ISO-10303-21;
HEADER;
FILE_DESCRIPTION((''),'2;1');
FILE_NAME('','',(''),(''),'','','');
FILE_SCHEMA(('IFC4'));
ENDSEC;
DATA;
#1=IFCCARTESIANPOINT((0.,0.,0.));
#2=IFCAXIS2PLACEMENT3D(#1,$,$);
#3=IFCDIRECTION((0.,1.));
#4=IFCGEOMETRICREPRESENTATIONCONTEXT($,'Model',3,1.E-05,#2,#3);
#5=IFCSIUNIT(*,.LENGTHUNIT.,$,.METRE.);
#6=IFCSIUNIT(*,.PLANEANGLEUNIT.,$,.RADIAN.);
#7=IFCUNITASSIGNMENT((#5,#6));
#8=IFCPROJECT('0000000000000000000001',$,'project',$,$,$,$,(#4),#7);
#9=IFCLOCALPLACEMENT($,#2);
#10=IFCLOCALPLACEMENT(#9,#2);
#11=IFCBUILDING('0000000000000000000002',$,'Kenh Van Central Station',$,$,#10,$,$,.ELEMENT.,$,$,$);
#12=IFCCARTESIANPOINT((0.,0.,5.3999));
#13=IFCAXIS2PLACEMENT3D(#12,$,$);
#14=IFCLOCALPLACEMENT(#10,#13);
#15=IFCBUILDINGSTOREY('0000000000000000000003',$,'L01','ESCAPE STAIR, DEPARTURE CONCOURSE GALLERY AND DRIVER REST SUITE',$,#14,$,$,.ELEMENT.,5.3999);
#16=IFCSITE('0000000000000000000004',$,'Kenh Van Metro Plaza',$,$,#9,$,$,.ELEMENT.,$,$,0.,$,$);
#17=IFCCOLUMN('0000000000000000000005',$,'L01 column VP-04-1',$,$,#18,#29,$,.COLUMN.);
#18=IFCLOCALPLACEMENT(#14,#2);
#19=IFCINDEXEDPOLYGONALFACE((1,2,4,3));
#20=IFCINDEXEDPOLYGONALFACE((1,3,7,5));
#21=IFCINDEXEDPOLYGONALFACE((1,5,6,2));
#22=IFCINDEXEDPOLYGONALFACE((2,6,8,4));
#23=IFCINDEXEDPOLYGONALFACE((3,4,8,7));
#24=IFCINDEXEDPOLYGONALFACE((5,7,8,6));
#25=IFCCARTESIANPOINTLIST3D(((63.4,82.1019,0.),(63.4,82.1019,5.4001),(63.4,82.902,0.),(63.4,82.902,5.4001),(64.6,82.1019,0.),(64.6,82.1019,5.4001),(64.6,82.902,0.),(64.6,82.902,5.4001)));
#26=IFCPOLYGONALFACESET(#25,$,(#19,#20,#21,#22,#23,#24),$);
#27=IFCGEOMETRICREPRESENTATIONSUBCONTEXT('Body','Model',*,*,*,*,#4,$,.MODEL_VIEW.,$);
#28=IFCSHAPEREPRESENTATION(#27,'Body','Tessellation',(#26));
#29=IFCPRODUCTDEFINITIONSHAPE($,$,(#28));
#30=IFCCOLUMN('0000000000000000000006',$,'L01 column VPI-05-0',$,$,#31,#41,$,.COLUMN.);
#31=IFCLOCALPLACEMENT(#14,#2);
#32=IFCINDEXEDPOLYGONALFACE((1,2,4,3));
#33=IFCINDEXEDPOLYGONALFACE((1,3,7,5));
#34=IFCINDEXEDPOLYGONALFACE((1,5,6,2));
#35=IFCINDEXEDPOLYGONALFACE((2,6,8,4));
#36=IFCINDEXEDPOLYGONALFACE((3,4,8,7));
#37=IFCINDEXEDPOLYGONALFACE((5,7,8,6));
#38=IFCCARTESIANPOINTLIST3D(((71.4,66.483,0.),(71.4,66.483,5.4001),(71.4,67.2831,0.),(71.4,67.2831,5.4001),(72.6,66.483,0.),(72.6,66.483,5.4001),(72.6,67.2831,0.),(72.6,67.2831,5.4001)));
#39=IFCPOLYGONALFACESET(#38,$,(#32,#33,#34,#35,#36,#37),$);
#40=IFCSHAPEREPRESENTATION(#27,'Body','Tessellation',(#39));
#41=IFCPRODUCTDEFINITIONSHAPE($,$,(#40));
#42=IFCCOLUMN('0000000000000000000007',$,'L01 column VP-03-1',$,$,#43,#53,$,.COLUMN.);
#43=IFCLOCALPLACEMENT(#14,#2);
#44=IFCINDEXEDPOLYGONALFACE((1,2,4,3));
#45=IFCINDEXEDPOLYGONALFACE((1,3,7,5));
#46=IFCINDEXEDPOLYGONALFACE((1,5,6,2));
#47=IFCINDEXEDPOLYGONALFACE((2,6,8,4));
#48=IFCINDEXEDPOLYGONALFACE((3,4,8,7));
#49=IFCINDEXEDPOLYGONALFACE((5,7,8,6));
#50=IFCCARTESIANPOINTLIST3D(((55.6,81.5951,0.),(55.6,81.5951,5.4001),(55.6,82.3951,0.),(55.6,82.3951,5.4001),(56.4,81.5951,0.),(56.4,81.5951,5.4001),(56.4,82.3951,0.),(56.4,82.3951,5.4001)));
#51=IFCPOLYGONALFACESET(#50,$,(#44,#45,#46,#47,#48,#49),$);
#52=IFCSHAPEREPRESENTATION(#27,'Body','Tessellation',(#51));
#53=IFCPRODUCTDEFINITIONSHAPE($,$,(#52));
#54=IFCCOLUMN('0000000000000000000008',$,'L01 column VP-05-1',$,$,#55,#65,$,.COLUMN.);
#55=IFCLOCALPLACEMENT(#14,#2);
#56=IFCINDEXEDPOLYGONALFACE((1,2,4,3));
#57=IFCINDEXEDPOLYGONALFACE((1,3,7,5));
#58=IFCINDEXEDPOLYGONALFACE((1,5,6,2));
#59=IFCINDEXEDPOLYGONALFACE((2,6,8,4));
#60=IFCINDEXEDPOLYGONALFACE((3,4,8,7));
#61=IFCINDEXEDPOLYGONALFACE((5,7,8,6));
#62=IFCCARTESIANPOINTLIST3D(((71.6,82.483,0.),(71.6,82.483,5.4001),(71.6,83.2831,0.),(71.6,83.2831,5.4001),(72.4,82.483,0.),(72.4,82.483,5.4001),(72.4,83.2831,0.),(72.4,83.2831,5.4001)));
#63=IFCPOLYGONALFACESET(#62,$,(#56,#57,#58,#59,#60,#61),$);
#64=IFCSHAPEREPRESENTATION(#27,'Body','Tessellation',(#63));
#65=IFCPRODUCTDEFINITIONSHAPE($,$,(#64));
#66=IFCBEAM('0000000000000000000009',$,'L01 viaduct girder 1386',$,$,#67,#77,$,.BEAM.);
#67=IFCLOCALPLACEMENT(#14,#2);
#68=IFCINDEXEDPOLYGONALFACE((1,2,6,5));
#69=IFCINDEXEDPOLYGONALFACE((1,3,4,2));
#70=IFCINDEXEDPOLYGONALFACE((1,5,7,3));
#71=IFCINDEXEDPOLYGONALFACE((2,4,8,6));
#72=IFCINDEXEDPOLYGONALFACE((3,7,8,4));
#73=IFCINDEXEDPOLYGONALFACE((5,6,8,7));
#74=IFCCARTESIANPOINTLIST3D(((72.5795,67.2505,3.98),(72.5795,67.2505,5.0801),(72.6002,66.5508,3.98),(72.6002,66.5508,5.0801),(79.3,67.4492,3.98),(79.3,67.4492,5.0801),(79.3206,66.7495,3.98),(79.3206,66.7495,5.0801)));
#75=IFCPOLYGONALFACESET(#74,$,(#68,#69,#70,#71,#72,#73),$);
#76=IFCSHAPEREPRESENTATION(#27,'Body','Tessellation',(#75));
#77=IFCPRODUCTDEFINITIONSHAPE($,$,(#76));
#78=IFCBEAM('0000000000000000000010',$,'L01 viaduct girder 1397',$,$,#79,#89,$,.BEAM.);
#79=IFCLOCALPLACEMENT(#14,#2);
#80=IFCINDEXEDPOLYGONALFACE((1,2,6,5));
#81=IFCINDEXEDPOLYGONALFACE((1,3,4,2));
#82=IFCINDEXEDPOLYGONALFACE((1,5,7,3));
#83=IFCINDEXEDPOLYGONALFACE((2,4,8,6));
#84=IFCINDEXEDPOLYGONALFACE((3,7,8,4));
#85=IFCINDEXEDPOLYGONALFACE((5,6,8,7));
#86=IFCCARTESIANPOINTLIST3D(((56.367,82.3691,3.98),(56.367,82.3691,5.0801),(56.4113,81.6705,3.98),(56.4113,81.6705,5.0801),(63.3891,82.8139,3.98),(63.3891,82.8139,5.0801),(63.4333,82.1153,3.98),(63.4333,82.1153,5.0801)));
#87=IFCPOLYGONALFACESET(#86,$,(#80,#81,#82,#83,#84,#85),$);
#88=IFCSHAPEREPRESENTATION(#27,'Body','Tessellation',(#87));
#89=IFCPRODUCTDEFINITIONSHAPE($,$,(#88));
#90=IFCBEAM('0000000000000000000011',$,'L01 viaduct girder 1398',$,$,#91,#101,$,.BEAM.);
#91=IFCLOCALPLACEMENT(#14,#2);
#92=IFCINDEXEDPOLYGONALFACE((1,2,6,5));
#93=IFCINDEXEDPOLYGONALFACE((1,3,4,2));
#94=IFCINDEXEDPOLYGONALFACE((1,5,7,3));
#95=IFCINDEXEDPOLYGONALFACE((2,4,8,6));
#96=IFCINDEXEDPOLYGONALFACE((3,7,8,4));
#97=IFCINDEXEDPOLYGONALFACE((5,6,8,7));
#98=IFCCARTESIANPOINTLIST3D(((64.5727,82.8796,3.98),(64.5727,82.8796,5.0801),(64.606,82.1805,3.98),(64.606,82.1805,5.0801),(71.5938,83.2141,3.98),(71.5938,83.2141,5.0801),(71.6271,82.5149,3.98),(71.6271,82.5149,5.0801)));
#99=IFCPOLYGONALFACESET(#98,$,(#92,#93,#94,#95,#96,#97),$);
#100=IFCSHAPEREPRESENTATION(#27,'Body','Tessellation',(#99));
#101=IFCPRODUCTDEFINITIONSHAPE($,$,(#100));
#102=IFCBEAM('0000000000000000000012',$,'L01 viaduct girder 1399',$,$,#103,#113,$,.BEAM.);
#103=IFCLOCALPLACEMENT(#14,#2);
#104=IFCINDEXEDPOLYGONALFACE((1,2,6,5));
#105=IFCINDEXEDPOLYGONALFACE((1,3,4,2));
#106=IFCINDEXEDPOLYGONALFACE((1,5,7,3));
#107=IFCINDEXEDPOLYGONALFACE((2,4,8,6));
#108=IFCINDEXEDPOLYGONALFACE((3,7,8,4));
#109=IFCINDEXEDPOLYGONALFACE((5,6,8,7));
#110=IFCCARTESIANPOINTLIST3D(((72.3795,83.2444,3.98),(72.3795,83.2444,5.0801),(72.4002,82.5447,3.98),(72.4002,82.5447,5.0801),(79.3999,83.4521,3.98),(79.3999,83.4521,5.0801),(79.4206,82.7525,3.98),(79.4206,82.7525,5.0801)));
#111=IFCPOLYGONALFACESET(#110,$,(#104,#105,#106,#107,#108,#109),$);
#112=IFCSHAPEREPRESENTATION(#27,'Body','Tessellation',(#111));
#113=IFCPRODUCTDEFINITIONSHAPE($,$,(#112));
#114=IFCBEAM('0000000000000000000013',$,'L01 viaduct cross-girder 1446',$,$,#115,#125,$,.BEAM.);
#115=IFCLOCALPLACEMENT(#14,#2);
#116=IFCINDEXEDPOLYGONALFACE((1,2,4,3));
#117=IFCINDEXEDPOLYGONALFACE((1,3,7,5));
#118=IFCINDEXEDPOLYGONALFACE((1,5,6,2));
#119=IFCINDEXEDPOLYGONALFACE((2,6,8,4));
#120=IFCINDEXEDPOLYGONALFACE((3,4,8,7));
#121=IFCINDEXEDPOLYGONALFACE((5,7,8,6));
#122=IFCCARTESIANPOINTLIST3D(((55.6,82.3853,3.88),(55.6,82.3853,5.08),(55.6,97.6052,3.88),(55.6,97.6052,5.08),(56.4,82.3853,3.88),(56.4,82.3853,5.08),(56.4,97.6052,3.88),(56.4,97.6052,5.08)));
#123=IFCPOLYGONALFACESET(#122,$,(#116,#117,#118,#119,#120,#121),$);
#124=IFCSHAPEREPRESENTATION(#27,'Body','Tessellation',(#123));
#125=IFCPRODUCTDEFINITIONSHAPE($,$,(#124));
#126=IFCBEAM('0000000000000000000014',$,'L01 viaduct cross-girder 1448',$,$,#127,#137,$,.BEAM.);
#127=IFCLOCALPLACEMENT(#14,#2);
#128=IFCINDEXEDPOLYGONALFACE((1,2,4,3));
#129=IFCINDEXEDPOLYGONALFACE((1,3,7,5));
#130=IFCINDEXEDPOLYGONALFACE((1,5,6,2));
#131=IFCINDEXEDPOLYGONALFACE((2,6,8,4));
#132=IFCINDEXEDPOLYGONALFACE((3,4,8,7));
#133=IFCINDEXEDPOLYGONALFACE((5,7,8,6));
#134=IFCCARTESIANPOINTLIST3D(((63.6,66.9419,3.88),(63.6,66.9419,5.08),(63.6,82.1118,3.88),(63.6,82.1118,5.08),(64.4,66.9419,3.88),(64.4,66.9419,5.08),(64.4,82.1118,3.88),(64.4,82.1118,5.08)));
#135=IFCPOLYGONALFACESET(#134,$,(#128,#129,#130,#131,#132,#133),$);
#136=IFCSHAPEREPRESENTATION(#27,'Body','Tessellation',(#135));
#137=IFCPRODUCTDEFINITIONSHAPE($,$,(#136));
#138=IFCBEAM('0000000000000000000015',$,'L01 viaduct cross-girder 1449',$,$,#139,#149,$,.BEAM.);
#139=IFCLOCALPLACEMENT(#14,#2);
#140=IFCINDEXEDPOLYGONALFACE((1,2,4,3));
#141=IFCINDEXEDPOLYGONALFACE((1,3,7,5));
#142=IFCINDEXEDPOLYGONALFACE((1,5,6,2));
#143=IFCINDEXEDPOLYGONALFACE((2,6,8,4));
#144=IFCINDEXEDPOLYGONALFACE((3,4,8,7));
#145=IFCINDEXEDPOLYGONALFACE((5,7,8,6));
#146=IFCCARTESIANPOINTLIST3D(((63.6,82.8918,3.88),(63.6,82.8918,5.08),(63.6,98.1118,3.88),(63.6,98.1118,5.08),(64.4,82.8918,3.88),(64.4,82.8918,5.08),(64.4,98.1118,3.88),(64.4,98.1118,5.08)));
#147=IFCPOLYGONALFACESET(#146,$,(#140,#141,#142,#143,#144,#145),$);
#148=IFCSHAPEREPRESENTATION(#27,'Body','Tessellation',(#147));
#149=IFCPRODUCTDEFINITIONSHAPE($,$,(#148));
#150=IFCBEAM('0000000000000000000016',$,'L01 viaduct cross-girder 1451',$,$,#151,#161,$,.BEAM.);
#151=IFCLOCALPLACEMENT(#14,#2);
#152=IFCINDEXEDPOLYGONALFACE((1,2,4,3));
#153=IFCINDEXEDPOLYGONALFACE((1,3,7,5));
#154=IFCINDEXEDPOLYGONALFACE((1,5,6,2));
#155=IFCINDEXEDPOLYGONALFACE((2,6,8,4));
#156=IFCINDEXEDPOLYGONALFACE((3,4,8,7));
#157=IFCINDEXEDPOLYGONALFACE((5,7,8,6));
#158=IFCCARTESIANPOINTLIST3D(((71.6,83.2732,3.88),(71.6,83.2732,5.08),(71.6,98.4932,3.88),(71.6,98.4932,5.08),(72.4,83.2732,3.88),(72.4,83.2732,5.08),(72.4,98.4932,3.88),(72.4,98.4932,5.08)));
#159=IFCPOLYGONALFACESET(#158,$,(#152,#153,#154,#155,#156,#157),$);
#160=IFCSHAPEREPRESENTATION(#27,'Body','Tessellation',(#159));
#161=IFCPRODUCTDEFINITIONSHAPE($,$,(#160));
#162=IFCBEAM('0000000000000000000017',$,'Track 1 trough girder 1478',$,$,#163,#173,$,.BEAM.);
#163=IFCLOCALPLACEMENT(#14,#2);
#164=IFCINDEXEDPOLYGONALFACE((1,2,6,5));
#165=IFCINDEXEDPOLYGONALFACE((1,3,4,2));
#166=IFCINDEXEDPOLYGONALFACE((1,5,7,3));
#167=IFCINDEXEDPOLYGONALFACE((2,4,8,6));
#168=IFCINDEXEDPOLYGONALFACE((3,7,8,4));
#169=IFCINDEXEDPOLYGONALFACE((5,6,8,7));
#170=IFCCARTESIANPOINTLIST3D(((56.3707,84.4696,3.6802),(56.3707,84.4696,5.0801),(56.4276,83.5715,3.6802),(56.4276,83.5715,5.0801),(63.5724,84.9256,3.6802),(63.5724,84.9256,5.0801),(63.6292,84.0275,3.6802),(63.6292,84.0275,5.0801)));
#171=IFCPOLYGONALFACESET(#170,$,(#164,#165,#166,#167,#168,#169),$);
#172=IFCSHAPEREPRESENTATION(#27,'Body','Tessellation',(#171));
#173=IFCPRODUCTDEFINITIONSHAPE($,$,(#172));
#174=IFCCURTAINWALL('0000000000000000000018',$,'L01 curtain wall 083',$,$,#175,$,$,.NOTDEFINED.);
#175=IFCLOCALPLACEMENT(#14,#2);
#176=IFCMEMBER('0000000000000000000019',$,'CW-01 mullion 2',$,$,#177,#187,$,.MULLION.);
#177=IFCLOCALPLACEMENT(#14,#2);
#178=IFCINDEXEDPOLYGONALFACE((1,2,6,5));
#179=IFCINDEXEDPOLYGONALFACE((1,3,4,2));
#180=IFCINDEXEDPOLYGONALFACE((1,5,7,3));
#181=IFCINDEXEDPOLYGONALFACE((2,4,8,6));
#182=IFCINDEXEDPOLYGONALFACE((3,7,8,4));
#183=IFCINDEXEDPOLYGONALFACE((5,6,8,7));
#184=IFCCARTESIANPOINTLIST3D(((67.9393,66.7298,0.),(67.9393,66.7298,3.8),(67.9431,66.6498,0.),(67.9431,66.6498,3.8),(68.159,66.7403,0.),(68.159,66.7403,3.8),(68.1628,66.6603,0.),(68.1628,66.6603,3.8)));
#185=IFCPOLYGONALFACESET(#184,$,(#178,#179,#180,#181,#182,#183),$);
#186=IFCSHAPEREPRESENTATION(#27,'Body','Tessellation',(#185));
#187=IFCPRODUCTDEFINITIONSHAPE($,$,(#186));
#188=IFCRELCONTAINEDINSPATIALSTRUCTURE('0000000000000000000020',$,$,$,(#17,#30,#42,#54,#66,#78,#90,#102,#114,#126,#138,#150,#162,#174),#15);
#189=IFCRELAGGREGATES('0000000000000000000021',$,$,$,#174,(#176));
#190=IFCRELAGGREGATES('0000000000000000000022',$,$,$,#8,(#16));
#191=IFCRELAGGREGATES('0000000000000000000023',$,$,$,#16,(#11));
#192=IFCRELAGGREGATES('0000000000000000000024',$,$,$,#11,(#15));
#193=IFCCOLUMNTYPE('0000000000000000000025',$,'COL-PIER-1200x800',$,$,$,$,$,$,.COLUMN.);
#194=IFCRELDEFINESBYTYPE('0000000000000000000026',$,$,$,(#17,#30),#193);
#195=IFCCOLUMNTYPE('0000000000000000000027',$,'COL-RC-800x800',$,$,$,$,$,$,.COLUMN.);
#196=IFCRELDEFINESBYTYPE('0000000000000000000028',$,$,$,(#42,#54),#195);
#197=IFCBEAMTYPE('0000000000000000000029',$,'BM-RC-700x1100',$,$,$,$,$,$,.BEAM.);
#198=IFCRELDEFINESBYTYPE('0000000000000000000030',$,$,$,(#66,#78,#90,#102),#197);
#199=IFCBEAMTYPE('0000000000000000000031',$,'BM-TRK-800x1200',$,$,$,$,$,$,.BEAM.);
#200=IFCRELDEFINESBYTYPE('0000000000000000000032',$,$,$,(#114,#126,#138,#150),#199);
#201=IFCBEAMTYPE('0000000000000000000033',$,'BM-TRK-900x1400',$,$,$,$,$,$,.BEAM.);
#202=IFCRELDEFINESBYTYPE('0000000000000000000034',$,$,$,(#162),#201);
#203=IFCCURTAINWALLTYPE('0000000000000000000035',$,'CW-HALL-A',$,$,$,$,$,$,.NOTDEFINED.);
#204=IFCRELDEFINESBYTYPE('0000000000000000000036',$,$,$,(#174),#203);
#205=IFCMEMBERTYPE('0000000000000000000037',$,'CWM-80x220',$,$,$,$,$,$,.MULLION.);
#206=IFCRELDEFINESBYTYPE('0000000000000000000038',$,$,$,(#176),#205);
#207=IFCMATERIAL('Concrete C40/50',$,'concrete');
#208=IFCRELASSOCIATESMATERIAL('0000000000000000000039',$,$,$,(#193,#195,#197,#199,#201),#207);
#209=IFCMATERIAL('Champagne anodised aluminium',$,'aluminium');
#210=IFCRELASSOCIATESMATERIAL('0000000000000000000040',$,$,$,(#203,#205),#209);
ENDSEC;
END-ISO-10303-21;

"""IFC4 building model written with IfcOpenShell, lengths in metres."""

from ifc_helpers import new_model, si_unit, direction, frame, origin, origin_2d, place, context, subcontext, project, spatial, rectangle, extrude, material, material_profile, profile_set, type_object, element, aggregate, save


model = new_model("IFC4")

# Units and contexts
model_context = context("Model", 3, precision=1e-05, world=origin(), true_north=direction((0.0, 1.0)))
body_context = subcontext(model_context, "Body", "Model", "MODEL_VIEW")
ifc_project = project(units=[si_unit("LENGTHUNIT", "METRE"), si_unit("PLANEANGLEUNIT", "RADIAN")], contexts=[model_context])

# Site, building, storey
site_placement = place(None, origin())
site = spatial("IfcSite", under=ifc_project, at=site_placement, Name="Kenh Van Metro Plaza", CompositionType="ELEMENT", RefElevation=0.0)
building_placement = place(site_placement, origin())
building = spatial("IfcBuilding", under=site, at=building_placement, Name="Kenh Van Central Station", CompositionType="ELEMENT")
storey_placement = place(building_placement, frame((0.0, 0.0, 5.3999)))
storey = spatial("IfcBuildingStorey", under=building, at=storey_placement, Name="L01", Description="ESCAPE STAIR, DEPARTURE CONCOURSE GALLERY AND DRIVER REST SUITE", CompositionType="ELEMENT", Elevation=5.3999)

# Columns
ifc_material_1 = material(Name="Concrete C40/50", Category="concrete")
ifc_material_profile_1 = material_profile(ifc_material_1, rectangle(XDim=1.2, YDim=0.8, at=origin_2d()), Name="RC 1200x800")
ifc_profile_set_1 = profile_set([ifc_material_profile_1], Name="Concrete C40/50")
column_type_1 = type_object("IfcColumnType", Name="COL-PIER-1200x800", PredefinedType="COLUMN", material=ifc_profile_set_1)
for number, where, z_axis, x_axis, name in (
    (1, (64.0, 82.502, 0.0), (0.0, 0.0, 1.0), (1.0, 0.0, 0.0), "L01 column VP-04-1"),
    (2, (72.0, 66.8831, 0.0), (0.0, 0.0, 1.0), (1.0, 0.0, 0.0), "L01 column VPI-05-0"),
):
    element("IfcColumn", number, at=place(storey_placement, frame(where, z_axis=z_axis, x_axis=x_axis)), inside=storey, type_object=column_type_1, Name=name, PredefinedType="COLUMN", context=body_context, shape_type="SweptSolid", body=[
        extrude(rectangle(XDim=1.2, YDim=0.8, at=origin_2d()), origin(), (0.0, 0.0, 1.0), 5.4001),
    ])
ifc_material_profile_2 = material_profile(ifc_material_1, rectangle(XDim=0.8, YDim=0.8, at=origin_2d()), Name="RC 800x800")
ifc_profile_set_2 = profile_set([ifc_material_profile_2], Name="Concrete C40/50")
column_type_2 = type_object("IfcColumnType", Name="COL-RC-800x800", PredefinedType="COLUMN", material=ifc_profile_set_2)
for number, where, z_axis, x_axis, name in (
    (3, (56.0, 81.9951, 0.0), (0.0, 0.0, 1.0), (1.0, 0.0, 0.0), "L01 column VP-03-1"),
    (4, (72.0, 82.8831, 0.0), (0.0, 0.0, 1.0), (1.0, 0.0, 0.0), "L01 column VP-05-1"),
):
    element("IfcColumn", number, at=place(storey_placement, frame(where, z_axis=z_axis, x_axis=x_axis)), inside=storey, type_object=column_type_2, Name=name, PredefinedType="COLUMN", context=body_context, shape_type="SweptSolid", body=[
        extrude(rectangle(XDim=0.8, YDim=0.8, at=origin_2d()), origin(), (0.0, 0.0, 1.0), 5.4001),
    ])

# Beams
ifc_material_profile_3 = material_profile(ifc_material_1, rectangle(XDim=0.7, YDim=1.1001, at=origin_2d()), Name="RC 700x1100")
ifc_profile_set_3 = profile_set([ifc_material_profile_3], Name="Concrete C40/50")
beam_type_1 = type_object("IfcBeamType", Name="BM-RC-700x1100", PredefinedType="BEAM", material=ifc_profile_set_3)
beam_1_placement = place(storey_placement, frame((72.5898, 66.9006, 4.53), z_axis=(0.999563, 0.029558, 0.0), x_axis=(-0.029558, 0.999563, 0.0)))
element("IfcBeam", 5, at=beam_1_placement, inside=storey, type_object=beam_type_1, Name="L01 viaduct girder 1386", PredefinedType="BEAM", context=body_context, shape_type="SweptSolid", body=[
    extrude(rectangle(XDim=0.7, YDim=1.1001, at=origin_2d()), origin(), (0.0, 0.0, 1.0), 6.7234),
])
beam_2_placement = place(storey_placement, frame((56.3892, 82.0198, 4.53), z_axis=(0.998, 0.063221, 0.0), x_axis=(-0.063221, 0.998, 0.0)))
element("IfcBeam", 6, at=beam_2_placement, inside=storey, type_object=beam_type_1, Name="L01 viaduct girder 1397", PredefinedType="BEAM", context=body_context, shape_type="SweptSolid", body=[
    extrude(rectangle(XDim=0.7, YDim=1.1001, at=origin_2d()), origin(), (0.0, 0.0, 1.0), 7.0361),
])
beam_3_placement = place(storey_placement, frame((64.5894, 82.53, 4.53), z_axis=(0.998867, 0.047585, 0.0), x_axis=(-0.047585, 0.998867, 0.0)))
element("IfcBeam", 7, at=beam_3_placement, inside=storey, type_object=beam_type_1, Name="L01 viaduct girder 1398", PredefinedType="BEAM", context=body_context, shape_type="SweptSolid", body=[
    extrude(rectangle(XDim=0.7, YDim=1.1001, at=origin_2d()), origin(), (0.0, 0.0, 1.0), 7.0291),
])
beam_4_placement = place(storey_placement, frame((72.3899, 82.8945, 4.53), z_axis=(0.999562, 0.029582, 0.0), x_axis=(-0.029582, 0.999562, 0.0)))
element("IfcBeam", 8, at=beam_4_placement, inside=storey, type_object=beam_type_1, Name="L01 viaduct girder 1399", PredefinedType="BEAM", context=body_context, shape_type="SweptSolid", body=[
    extrude(rectangle(XDim=0.7, YDim=1.1001, at=origin_2d()), origin(), (0.0, 0.0, 1.0), 7.0234),
])
ifc_material_profile_4 = material_profile(ifc_material_1, rectangle(XDim=0.8, YDim=1.2, at=origin_2d()), Name="RC 800x1200")
ifc_profile_set_4 = profile_set([ifc_material_profile_4], Name="Concrete C40/50")
beam_type_2 = type_object("IfcBeamType", Name="BM-TRK-800x1200", PredefinedType="BEAM", material=ifc_profile_set_4)
beam_5_placement = place(storey_placement, frame((56.0, 82.3853, 4.48), z_axis=(0.0, 1.0, 0.0), x_axis=(-1.0, 0.0, 0.0)))
element("IfcBeam", 9, at=beam_5_placement, inside=storey, type_object=beam_type_2, Name="L01 viaduct cross-girder 1446", PredefinedType="BEAM", context=body_context, shape_type="SweptSolid", body=[
    extrude(rectangle(XDim=0.8, YDim=1.2, at=origin_2d()), origin(), (0.0, 0.0, 1.0), 15.22),
])
beam_6_placement = place(storey_placement, frame((64.0, 66.9419, 4.48), z_axis=(0.0, 1.0, 0.0), x_axis=(-1.0, 0.0, 0.0)))
element("IfcBeam", 10, at=beam_6_placement, inside=storey, type_object=beam_type_2, Name="L01 viaduct cross-girder 1448", PredefinedType="BEAM", context=body_context, shape_type="SweptSolid", body=[
    extrude(rectangle(XDim=0.8, YDim=1.2, at=origin_2d()), origin(), (0.0, 0.0, 1.0), 15.1699),
])
for number, where, z_axis, x_axis, name in (
    (11, (64.0, 82.8918, 4.48), (0.0, 1.0, 0.0), (-1.0, 0.0, 0.0), "L01 viaduct cross-girder 1449"),
    (12, (72.0, 83.2732, 4.48), (0.0, 1.0, 0.0), (-1.0, 0.0, 0.0), "L01 viaduct cross-girder 1451"),
):
    element("IfcBeam", number, at=place(storey_placement, frame(where, z_axis=z_axis, x_axis=x_axis)), inside=storey, type_object=beam_type_2, Name=name, PredefinedType="BEAM", context=body_context, shape_type="SweptSolid", body=[
        extrude(rectangle(XDim=0.8, YDim=1.2, at=origin_2d()), origin(), (0.0, 0.0, 1.0), 15.22),
    ])
ifc_material_profile_5 = material_profile(ifc_material_1, rectangle(XDim=0.8999, YDim=1.3999, at=origin_2d()), Name="RC 900x1400")
ifc_profile_set_5 = profile_set([ifc_material_profile_5], Name="Concrete C40/50")
beam_type_3 = type_object("IfcBeamType", Name="BM-TRK-900x1400", PredefinedType="BEAM", material=ifc_profile_set_5)
beam_7_placement = place(storey_placement, frame((56.3992, 84.0205, 4.3801), z_axis=(0.998001, 0.0632, 0.0), x_axis=(-0.0632, 0.998001, 0.0)))
element("IfcBeam", 13, at=beam_7_placement, inside=storey, type_object=beam_type_3, Name="Track 1 trough girder 1478", PredefinedType="BEAM", context=body_context, shape_type="SweptSolid", body=[
    extrude(rectangle(XDim=0.8999, YDim=1.3999, at=origin_2d()), origin(), (0.0, 0.0, 1.0), 7.2161),
])

# Curtain wall, member
ifc_material_2 = material(Name="Champagne anodised aluminium", Category="aluminium")
curtain_wall_type = type_object("IfcCurtainWallType", Name="CW-HALL-A", PredefinedType="NOTDEFINED", material=ifc_material_2)
curtain_wall_1_placement = place(storey_placement, origin())
curtain_wall_1 = element("IfcCurtainWall", 14, at=curtain_wall_1_placement, inside=storey, type_object=curtain_wall_type, Name="L01 curtain wall 083", PredefinedType="NOTDEFINED")
ifc_material_profile_6 = material_profile(ifc_material_2, rectangle(XDim=0.0801, YDim=0.22, at=origin_2d()), Name="AL 80x220")
ifc_profile_set_6 = profile_set([ifc_material_profile_6], Name="Champagne anodised aluminium")
member_type_1 = type_object("IfcMemberType", Name="CWM-80x220", PredefinedType="MULLION", material=ifc_profile_set_6)
member_1_placement = place(storey_placement, frame((68.051, 66.6951, 0.0), z_axis=(0.0, 0.0, 1.0), x_axis=(-0.047601, 0.998866, 0.0)))
member_1 = element("IfcMember", 15, at=member_1_placement, type_object=member_type_1, Name="CW-01 mullion 2", PredefinedType="MULLION", context=body_context, shape_type="SweptSolid", body=[
    extrude(rectangle(XDim=0.0801, YDim=0.22, at=origin_2d()), origin(), (0.0, 0.0, 1.0), 3.8),
])

aggregate(curtain_wall_1, [member_1])

save(model, "model.ifc")
